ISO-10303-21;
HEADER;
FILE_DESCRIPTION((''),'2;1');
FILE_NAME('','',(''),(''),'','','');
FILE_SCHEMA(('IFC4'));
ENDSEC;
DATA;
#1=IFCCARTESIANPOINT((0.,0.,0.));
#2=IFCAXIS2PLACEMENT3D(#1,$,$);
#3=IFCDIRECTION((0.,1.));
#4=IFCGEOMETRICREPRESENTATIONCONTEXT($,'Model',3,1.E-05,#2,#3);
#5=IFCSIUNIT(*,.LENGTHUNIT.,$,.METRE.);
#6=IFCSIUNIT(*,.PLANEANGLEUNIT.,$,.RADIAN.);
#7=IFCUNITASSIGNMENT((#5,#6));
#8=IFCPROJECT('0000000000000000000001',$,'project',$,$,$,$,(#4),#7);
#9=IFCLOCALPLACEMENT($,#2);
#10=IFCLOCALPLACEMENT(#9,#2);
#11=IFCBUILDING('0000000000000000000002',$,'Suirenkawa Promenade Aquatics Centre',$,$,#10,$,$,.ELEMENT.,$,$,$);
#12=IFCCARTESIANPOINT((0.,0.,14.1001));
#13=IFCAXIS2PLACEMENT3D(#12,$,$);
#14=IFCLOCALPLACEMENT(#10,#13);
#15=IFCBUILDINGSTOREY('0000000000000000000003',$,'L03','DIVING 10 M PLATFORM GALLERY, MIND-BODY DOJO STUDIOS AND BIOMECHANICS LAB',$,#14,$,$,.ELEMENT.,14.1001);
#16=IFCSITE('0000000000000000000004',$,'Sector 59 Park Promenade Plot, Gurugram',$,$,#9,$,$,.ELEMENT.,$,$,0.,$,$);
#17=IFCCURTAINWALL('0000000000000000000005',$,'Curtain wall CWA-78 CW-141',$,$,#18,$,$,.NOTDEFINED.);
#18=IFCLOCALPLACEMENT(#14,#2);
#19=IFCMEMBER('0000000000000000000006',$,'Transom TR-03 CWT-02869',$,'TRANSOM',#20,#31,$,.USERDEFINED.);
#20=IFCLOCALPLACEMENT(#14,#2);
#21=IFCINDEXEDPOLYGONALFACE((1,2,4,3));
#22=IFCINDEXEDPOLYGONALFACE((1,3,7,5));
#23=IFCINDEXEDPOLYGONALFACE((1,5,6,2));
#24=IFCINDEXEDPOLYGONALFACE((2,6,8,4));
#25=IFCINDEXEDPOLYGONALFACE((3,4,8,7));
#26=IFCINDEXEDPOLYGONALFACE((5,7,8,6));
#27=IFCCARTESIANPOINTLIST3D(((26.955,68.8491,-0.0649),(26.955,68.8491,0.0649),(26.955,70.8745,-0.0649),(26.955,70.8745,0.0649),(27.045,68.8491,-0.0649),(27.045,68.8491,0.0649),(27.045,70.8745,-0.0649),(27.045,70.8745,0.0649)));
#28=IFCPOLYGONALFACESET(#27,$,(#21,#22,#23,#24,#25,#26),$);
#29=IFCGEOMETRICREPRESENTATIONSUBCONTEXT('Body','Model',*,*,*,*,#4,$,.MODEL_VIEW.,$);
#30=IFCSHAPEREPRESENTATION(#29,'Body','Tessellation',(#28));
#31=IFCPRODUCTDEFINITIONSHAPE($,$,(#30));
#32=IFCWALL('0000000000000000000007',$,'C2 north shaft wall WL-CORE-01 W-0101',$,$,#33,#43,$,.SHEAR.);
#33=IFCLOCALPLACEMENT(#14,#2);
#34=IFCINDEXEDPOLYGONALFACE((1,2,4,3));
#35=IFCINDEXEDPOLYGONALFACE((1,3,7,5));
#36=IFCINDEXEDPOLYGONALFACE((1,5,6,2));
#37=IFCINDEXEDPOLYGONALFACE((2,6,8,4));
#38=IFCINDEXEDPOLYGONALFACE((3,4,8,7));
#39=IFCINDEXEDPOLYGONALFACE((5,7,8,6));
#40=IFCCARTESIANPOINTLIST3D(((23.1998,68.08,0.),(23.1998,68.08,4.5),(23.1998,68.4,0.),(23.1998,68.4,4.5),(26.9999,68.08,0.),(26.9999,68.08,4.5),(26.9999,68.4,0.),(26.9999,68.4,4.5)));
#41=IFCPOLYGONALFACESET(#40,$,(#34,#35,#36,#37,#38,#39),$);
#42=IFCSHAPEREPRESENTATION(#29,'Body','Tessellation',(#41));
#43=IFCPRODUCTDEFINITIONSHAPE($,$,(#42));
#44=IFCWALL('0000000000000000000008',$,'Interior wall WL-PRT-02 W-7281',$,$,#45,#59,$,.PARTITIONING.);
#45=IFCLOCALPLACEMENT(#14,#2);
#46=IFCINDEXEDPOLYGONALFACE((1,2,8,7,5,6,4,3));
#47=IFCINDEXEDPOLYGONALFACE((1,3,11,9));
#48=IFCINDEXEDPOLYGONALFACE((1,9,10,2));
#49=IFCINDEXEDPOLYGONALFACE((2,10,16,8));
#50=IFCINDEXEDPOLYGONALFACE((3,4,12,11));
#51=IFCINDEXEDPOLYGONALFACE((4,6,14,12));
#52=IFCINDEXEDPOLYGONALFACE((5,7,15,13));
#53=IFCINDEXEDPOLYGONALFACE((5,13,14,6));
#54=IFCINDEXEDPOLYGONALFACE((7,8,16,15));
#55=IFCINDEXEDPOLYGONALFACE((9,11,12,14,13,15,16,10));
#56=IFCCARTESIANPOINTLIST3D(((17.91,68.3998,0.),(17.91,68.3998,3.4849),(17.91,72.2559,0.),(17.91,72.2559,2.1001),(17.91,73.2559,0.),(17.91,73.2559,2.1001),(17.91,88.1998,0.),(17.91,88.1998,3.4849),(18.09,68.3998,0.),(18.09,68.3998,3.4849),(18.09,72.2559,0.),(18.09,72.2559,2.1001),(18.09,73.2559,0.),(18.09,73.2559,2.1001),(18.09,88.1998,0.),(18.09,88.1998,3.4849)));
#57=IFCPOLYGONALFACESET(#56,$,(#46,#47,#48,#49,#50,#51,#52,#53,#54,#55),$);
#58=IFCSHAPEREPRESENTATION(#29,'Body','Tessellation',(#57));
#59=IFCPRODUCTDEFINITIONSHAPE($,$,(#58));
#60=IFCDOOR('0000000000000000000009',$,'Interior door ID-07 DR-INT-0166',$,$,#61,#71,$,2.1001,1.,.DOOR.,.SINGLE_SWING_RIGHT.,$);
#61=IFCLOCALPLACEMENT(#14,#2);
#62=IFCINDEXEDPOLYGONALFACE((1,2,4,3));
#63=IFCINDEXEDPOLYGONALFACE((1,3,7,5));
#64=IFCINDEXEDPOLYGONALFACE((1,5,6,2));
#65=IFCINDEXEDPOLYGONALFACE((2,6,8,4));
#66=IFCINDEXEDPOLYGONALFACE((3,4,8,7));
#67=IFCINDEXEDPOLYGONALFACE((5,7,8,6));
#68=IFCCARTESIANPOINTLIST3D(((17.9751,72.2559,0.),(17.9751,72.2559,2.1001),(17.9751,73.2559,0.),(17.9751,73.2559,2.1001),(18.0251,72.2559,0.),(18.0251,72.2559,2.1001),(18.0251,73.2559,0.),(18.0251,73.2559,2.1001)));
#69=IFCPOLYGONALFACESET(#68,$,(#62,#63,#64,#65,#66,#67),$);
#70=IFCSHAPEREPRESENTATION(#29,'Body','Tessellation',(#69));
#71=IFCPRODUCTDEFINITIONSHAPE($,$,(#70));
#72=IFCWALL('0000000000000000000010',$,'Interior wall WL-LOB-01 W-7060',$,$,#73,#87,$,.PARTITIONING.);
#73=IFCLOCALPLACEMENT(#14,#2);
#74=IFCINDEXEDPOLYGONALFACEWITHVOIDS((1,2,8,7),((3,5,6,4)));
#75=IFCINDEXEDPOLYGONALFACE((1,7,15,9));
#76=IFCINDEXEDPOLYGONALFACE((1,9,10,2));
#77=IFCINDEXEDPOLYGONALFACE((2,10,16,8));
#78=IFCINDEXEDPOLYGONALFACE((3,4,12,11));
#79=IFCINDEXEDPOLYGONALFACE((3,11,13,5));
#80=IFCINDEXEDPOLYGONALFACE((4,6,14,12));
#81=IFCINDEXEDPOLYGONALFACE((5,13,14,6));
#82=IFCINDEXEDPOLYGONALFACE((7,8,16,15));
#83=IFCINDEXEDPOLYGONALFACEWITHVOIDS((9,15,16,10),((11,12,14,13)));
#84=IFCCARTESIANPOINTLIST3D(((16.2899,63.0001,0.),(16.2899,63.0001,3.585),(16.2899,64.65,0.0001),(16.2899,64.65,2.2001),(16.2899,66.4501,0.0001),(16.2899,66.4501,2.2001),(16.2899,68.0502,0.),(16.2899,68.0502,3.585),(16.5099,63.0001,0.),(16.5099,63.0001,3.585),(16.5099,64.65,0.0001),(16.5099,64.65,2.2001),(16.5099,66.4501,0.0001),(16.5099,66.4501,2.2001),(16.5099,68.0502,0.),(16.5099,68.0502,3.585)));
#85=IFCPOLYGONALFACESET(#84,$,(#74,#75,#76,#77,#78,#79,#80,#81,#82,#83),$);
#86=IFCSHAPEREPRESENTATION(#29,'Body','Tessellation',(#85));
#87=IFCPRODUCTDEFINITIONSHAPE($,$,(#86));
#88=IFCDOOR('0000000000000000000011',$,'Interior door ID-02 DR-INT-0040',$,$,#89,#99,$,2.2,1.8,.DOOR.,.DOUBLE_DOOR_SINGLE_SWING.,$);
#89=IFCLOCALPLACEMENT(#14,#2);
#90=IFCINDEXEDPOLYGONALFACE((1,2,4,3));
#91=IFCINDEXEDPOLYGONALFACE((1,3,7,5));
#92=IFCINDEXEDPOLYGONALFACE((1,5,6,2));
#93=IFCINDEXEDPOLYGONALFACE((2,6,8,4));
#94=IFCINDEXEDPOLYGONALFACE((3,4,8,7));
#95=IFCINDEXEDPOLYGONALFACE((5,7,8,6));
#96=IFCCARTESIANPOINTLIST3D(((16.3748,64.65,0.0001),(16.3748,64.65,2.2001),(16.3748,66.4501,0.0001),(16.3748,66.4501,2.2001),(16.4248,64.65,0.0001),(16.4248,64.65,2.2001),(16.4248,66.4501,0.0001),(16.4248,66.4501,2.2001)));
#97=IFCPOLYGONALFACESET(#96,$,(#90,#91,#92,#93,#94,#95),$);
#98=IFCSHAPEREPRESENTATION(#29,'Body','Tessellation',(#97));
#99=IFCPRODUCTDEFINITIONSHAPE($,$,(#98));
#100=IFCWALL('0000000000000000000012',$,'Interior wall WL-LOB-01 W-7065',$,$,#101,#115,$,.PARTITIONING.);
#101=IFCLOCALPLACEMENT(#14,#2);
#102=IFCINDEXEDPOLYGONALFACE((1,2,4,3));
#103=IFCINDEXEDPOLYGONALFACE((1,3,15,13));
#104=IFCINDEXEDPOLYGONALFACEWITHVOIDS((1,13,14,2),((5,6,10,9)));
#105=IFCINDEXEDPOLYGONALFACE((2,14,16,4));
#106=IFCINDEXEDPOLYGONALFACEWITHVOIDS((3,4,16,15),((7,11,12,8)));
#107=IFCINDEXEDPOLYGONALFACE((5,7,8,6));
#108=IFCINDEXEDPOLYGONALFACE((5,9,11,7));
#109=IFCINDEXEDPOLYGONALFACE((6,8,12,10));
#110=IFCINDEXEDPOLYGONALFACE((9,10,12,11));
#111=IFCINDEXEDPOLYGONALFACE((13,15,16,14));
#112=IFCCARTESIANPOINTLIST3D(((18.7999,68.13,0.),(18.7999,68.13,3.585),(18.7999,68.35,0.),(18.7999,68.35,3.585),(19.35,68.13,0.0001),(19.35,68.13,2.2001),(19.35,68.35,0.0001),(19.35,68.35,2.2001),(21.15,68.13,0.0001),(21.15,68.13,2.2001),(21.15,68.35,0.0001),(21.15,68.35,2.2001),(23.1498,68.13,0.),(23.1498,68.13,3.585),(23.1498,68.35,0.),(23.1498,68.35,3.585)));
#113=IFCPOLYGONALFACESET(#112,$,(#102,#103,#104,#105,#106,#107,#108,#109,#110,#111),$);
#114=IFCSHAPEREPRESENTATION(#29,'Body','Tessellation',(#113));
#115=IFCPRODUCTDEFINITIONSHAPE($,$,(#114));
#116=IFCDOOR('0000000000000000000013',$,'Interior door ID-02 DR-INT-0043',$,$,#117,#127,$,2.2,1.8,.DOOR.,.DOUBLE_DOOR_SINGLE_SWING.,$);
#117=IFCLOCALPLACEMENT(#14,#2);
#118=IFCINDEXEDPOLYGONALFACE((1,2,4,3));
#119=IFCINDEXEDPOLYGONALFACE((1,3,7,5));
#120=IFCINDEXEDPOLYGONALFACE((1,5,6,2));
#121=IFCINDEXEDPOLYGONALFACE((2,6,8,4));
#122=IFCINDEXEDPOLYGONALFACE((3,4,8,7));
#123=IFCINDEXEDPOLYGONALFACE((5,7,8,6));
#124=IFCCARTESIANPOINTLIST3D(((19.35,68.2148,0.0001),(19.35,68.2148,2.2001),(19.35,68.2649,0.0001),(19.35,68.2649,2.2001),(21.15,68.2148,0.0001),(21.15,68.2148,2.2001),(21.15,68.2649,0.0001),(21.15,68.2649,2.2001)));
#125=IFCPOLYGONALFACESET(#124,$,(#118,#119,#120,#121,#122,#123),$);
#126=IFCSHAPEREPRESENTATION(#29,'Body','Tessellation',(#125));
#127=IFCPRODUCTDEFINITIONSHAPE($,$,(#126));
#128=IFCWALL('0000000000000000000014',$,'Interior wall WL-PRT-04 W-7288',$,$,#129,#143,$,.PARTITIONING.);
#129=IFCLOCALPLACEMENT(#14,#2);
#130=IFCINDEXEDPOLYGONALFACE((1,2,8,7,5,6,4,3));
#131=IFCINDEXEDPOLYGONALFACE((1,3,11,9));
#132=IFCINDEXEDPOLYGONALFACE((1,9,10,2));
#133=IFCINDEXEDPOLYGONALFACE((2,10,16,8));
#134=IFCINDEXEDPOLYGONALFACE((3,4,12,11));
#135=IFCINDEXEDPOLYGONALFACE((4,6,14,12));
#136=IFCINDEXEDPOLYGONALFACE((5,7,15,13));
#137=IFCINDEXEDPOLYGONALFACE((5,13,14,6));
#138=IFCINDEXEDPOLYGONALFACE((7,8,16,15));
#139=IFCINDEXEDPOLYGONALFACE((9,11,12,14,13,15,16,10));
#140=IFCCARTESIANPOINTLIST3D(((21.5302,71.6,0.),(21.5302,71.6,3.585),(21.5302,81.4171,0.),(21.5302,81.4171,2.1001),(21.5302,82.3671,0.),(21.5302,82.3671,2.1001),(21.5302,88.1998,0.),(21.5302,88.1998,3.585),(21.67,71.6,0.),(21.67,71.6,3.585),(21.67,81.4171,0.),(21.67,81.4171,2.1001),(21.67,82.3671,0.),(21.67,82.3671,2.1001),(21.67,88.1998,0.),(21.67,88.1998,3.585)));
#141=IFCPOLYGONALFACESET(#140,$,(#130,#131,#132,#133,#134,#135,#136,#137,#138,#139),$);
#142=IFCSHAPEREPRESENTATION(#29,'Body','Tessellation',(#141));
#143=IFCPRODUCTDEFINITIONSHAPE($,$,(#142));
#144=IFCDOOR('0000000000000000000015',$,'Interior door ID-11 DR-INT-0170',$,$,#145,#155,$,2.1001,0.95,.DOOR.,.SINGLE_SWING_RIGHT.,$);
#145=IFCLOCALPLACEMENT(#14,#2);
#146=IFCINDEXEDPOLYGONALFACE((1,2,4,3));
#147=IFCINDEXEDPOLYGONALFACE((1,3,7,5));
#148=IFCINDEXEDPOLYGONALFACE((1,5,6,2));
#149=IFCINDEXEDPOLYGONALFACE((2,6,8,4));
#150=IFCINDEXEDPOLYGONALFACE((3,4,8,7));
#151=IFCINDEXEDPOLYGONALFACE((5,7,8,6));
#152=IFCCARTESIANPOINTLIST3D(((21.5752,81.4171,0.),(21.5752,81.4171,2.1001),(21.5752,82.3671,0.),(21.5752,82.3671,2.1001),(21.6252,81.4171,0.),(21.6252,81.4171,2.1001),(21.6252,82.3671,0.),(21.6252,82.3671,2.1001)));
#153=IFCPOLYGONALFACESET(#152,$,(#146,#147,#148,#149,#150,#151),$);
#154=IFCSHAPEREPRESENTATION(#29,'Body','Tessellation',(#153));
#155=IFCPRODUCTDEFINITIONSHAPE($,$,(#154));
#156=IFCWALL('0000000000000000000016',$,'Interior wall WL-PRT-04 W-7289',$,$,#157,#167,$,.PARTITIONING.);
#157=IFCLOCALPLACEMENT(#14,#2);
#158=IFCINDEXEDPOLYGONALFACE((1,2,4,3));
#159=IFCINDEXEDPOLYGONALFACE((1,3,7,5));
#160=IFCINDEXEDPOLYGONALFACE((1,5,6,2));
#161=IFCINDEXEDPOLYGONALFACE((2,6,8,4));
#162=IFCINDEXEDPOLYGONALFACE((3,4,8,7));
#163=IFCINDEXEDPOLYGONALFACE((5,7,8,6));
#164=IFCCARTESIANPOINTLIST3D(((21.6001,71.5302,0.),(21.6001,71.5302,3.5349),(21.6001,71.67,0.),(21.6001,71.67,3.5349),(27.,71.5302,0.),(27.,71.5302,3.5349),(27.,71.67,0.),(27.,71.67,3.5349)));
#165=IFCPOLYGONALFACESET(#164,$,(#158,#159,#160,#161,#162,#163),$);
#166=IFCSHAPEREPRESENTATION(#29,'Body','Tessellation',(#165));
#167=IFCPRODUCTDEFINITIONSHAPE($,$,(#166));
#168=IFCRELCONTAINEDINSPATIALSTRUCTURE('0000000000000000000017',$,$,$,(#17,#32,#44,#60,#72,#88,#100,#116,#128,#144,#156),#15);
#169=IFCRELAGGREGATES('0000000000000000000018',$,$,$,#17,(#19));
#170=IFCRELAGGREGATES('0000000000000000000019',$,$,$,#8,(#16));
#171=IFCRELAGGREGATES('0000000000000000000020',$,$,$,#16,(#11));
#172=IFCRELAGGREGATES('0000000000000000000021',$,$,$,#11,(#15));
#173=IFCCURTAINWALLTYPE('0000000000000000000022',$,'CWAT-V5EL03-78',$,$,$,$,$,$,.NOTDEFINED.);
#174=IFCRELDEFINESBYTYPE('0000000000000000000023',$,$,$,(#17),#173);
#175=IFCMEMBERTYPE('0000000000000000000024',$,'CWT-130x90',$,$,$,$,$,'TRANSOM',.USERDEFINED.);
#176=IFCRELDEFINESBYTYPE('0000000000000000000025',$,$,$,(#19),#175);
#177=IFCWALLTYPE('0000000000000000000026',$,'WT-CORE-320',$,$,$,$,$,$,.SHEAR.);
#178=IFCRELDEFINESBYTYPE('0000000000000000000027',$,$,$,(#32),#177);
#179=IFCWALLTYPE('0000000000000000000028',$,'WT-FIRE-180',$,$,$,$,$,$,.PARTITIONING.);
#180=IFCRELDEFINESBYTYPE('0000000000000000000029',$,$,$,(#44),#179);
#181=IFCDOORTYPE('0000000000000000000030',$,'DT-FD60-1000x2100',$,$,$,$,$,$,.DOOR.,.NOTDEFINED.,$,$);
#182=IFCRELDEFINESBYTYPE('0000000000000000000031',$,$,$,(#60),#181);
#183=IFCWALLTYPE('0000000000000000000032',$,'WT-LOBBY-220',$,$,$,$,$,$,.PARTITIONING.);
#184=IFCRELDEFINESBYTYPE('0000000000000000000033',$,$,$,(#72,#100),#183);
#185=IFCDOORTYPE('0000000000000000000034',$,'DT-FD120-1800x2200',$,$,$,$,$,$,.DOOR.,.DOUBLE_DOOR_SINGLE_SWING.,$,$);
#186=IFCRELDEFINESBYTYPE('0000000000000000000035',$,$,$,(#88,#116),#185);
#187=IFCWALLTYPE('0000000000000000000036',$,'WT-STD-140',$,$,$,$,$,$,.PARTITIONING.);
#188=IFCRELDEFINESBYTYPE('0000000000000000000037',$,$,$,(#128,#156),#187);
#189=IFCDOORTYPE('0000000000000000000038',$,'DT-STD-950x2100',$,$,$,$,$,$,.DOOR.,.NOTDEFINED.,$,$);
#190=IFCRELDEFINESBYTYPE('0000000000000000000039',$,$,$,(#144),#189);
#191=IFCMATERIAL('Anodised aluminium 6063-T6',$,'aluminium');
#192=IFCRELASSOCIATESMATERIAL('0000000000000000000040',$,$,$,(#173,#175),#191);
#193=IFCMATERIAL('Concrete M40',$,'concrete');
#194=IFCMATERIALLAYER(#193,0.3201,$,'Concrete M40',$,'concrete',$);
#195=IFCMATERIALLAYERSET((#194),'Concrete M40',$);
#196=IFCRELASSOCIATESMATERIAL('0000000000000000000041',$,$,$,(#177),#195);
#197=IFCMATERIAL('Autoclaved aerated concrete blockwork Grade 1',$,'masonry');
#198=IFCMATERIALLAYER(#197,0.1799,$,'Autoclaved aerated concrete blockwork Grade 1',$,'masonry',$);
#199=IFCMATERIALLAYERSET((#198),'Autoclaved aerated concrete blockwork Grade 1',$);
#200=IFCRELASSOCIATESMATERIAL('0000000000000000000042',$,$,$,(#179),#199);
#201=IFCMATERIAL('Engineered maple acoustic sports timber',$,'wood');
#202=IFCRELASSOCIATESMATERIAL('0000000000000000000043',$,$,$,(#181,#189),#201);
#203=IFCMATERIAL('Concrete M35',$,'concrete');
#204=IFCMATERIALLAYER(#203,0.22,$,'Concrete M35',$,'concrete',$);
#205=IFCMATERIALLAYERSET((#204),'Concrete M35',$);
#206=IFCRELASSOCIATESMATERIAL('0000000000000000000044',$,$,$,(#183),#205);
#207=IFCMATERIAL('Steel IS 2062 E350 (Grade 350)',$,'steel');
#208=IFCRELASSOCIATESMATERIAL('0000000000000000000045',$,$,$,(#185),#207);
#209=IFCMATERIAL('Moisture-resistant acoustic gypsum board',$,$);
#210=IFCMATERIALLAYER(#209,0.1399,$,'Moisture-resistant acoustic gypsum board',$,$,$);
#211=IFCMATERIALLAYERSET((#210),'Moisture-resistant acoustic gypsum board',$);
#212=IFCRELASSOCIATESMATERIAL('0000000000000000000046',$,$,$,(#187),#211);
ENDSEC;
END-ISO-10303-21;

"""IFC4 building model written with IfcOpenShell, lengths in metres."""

from ifc_helpers import new_model, si_unit, direction, frame, frame_2d, origin, origin_2d, place, context, subcontext, project, spatial, rectangle, extrude, material, layer, layer_set, material_profile, profile_set, type_object, element, fill, aggregate, save


model = new_model("IFC4")

# Units and contexts
model_context = context("Model", 3, precision=1e-05, world=origin(), true_north=direction((0.0, 1.0)))
body_context = subcontext(model_context, "Body", "Model", "MODEL_VIEW")
ifc_project = project(units=[si_unit("LENGTHUNIT", "METRE"), si_unit("PLANEANGLEUNIT", "RADIAN")], contexts=[model_context])

# Site, building, storey
site_placement = place(None, origin())
site = spatial("IfcSite", under=ifc_project, at=site_placement, Name="Sector 59 Park Promenade Plot, Gurugram", CompositionType="ELEMENT", RefElevation=0.0)
building_placement = place(site_placement, origin())
building = spatial("IfcBuilding", under=site, at=building_placement, Name="Suirenkawa Promenade Aquatics Centre", CompositionType="ELEMENT")
storey_placement = place(building_placement, frame((0.0, 0.0, 14.1001)))
storey = spatial("IfcBuildingStorey", under=building, at=storey_placement, Name="L03", Description="DIVING 10 M PLATFORM GALLERY, MIND-BODY DOJO STUDIOS AND BIOMECHANICS LAB", CompositionType="ELEMENT", Elevation=14.1001)

# Shared definitions
ifc_material_1 = material(Name="Concrete M40", Category="concrete")

# Shared definitions
ifc_material_2 = material(Name="Steel IS 2062 E350 (Grade 350)", Category="steel")
ifc_material_3 = material(Name="Concrete M35", Category="concrete")

# Curtain wall, member
ifc_material_4 = material(Name="Anodised aluminium 6063-T6", Category="aluminium")
curtain_wall_type = type_object("IfcCurtainWallType", Name="CWAT-V5EL03-78", PredefinedType="NOTDEFINED", material=ifc_material_4)
curtain_wall_placement = place(storey_placement, origin())
curtain_wall = element("IfcCurtainWall", 1, at=curtain_wall_placement, inside=storey, type_object=curtain_wall_type, Name="Curtain wall CWA-78 CW-141", PredefinedType="NOTDEFINED")
ifc_material_profile_1 = material_profile(ifc_material_4, rectangle(XDim=0.0901, YDim=0.1299, at=origin_2d()), Name="ALU TRAN 90x130", Category="aluminium")
ifc_profile_set_1 = profile_set([ifc_material_profile_1], Name="Anodised aluminium 6063-T6")
member_type_1 = type_object("IfcMemberType", Name="CWT-130x90", ElementType="TRANSOM", PredefinedType="USERDEFINED", material=ifc_profile_set_1)
member_1_placement = place(storey_placement, frame((27.0, 70.8745, 0.0), z_axis=(0.0, -1.0, 0.0), x_axis=(1.0, 0.0, 0.0)))
member_1 = element("IfcMember", 2, at=member_1_placement, type_object=member_type_1, Name="Transom TR-03 CWT-02869", ObjectType="TRANSOM", PredefinedType="USERDEFINED", context=body_context, shape_type="SweptSolid", body=[
    extrude(rectangle(XDim=0.0901, YDim=0.1299, at=origin_2d()), origin(), (0.0, 0.0, 1.0), 2.0254),
])
aggregate(curtain_wall, [member_1])

# Wall
ifc_layer_1 = layer(ifc_material_1, 0.3201, Name="Concrete M40", Category="concrete")
ifc_layer_set_1 = layer_set([ifc_layer_1], Name="Concrete M40")
wall_type_1 = type_object("IfcWallType", Name="WT-CORE-320", PredefinedType="SHEAR", material=ifc_layer_set_1)
wall_1_placement = place(storey_placement, frame((23.2, 68.24, 0.0), z_axis=(0.0, 0.0, 1.0), x_axis=(1.0, 0.0, 0.0)))
element("IfcWall", 3, at=wall_1_placement, inside=storey, type_object=wall_type_1, Name="C2 north shaft wall WL-CORE-01 W-0101", PredefinedType="SHEAR", context=body_context, shape_type="SweptSolid", body=[
    extrude(rectangle(XDim=3.8, YDim=0.3201, at=frame_2d((1.8999, 0.0))), origin(), (0.0, 0.0, 1.0), 4.5),
])

# Walls, openings, doors
ifc_material_5 = material(Name="Autoclaved aerated concrete blockwork Grade 1", Category="masonry")
ifc_layer_2 = layer(ifc_material_5, 0.1799, Name="Autoclaved aerated concrete blockwork Grade 1", Category="masonry")
ifc_layer_set_2 = layer_set([ifc_layer_2], Name="Autoclaved aerated concrete blockwork Grade 1")
wall_type_2 = type_object("IfcWallType", Name="WT-FIRE-180", PredefinedType="PARTITIONING", material=ifc_layer_set_2)
wall_2_placement = place(storey_placement, frame((18.0, 68.3999, 0.0), z_axis=(0.0, 0.0, 1.0), x_axis=(0.0, 1.0, 0.0)))
wall_2 = element("IfcWall", 4, at=wall_2_placement, inside=storey, type_object=wall_type_2, Name="Interior wall WL-PRT-02 W-7281", PredefinedType="PARTITIONING", context=body_context, shape_type="SweptSolid", body=[
    extrude(rectangle(XDim=19.8, YDim=0.1799, at=frame_2d((9.8999, 0.0))), origin(), (0.0, 0.0, 1.0), 3.4849),
])
opening_1_placement = place(wall_2_placement, frame((3.856, 0.0, 0.0)))
opening_1 = element("IfcOpeningElement", 5, at=opening_1_placement, cuts=wall_2, PredefinedType="OPENING", context=body_context, shape_type="SweptSolid", body=[
    extrude(rectangle(XDim=1.0, YDim=2.1001, at=frame_2d((0.5, 1.05))), frame((0.0, 0.0999, 0.0), z_axis=(0.0, -1.0, 0.0), x_axis=(1.0, 0.0, 0.0)), (0.0, 0.0, 1.0), 0.2),
])
ifc_material_6 = material(Name="Engineered maple acoustic sports timber", Category="wood")
door_type_1 = type_object("IfcDoorType", Name="DT-FD60-1000x2100", OperationType="NOTDEFINED", PredefinedType="DOOR", material=ifc_material_6)
door_1_placement = place(opening_1_placement, origin())
door_1 = element("IfcDoor", 6, at=door_1_placement, inside=storey, type_object=door_type_1, Name="Interior door ID-07 DR-INT-0166", OperationType="SINGLE_SWING_RIGHT", OverallHeight=2.1001, OverallWidth=1.0, PredefinedType="DOOR", context=body_context, shape_type="SweptSolid", body=[
    extrude(rectangle(XDim=1.0, YDim=2.1001, at=frame_2d((0.5, 1.05))), frame((0.0, 0.0249, 0.0), z_axis=(0.0, -1.0, 0.0), x_axis=(1.0, 0.0, 0.0)), (0.0, 0.0, 1.0), 0.05),
])
fill(opening_1, door_1)
ifc_layer_3 = layer(ifc_material_3, 0.22, Name="Concrete M35", Category="concrete")
ifc_layer_set_3 = layer_set([ifc_layer_3], Name="Concrete M35")
wall_type_3 = type_object("IfcWallType", Name="WT-LOBBY-220", PredefinedType="PARTITIONING", material=ifc_layer_set_3)
wall_3_placement = place(storey_placement, frame((16.3999, 68.05, 0.0), z_axis=(0.0, 0.0, 1.0), x_axis=(0.0, -1.0, 0.0)))
wall_3 = element("IfcWall", 7, at=wall_3_placement, inside=storey, type_object=wall_type_3, Name="Interior wall WL-LOB-01 W-7060", PredefinedType="PARTITIONING", context=body_context, shape_type="SweptSolid", body=[
    extrude(rectangle(XDim=5.05, YDim=0.22, at=frame_2d((2.5249, 0.0))), origin(), (0.0, 0.0, 1.0), 3.585),
])
opening_2_placement = place(wall_3_placement, frame((1.6001, 0.0, 0.0)))
opening_2 = element("IfcOpeningElement", 8, at=opening_2_placement, cuts=wall_3, PredefinedType="OPENING", context=body_context, shape_type="SweptSolid", body=[
    extrude(rectangle(XDim=1.8, YDim=2.2, at=frame_2d((0.8999, 1.1001))), frame((0.0, 0.1199, 0.0), z_axis=(0.0, -1.0, 0.0), x_axis=(1.0, 0.0, 0.0)), (0.0, 0.0, 1.0), 0.24),
])
door_type_2 = type_object("IfcDoorType", Name="DT-FD120-1800x2200", OperationType="DOUBLE_DOOR_SINGLE_SWING", PredefinedType="DOOR", material=ifc_material_2)
door_2_placement = place(opening_2_placement, origin())
door_2 = element("IfcDoor", 9, at=door_2_placement, inside=storey, type_object=door_type_2, Name="Interior door ID-02 DR-INT-0040", OperationType="DOUBLE_DOOR_SINGLE_SWING", OverallHeight=2.2, OverallWidth=1.8, PredefinedType="DOOR", context=body_context, shape_type="SweptSolid", body=[
    extrude(rectangle(XDim=1.8, YDim=2.2, at=frame_2d((0.8999, 1.1001))), frame((0.0, 0.0249, 0.0), z_axis=(0.0, -1.0, 0.0), x_axis=(1.0, 0.0, 0.0)), (0.0, 0.0, 1.0), 0.05),
])
fill(opening_2, door_2)
wall_4_placement = place(storey_placement, frame((18.8, 68.24, 0.0), z_axis=(0.0, 0.0, 1.0), x_axis=(1.0, 0.0, 0.0)))
wall_4 = element("IfcWall", 10, at=wall_4_placement, inside=storey, type_object=wall_type_3, Name="Interior wall WL-LOB-01 W-7065", PredefinedType="PARTITIONING", context=body_context, shape_type="SweptSolid", body=[
    extrude(rectangle(XDim=4.3499, YDim=0.22, at=frame_2d((2.1748, 0.0))), origin(), (0.0, 0.0, 1.0), 3.585),
])
opening_3_placement = place(wall_4_placement, frame((0.55, 0.0, 0.0)))
opening_3 = element("IfcOpeningElement", 11, at=opening_3_placement, cuts=wall_4, PredefinedType="OPENING", context=body_context, shape_type="SweptSolid", body=[
    extrude(rectangle(XDim=1.8, YDim=2.2, at=frame_2d((0.8999, 1.1001))), frame((0.0, 0.1199, 0.0), z_axis=(0.0, -1.0, 0.0), x_axis=(1.0, 0.0, 0.0)), (0.0, 0.0, 1.0), 0.24),
])
door_3_placement = place(opening_3_placement, origin())
door_3 = element("IfcDoor", 12, at=door_3_placement, inside=storey, type_object=door_type_2, Name="Interior door ID-02 DR-INT-0043", OperationType="DOUBLE_DOOR_SINGLE_SWING", OverallHeight=2.2, OverallWidth=1.8, PredefinedType="DOOR", context=body_context, shape_type="SweptSolid", body=[
    extrude(rectangle(XDim=1.8, YDim=2.2, at=frame_2d((0.8999, 1.1001))), frame((0.0, 0.0249, 0.0), z_axis=(0.0, -1.0, 0.0), x_axis=(1.0, 0.0, 0.0)), (0.0, 0.0, 1.0), 0.05),
])
fill(opening_3, door_3)
ifc_material_7 = material(Name="Moisture-resistant acoustic gypsum board")
ifc_layer_4 = layer(ifc_material_7, 0.1399, Name="Moisture-resistant acoustic gypsum board")
ifc_layer_set_4 = layer_set([ifc_layer_4], Name="Moisture-resistant acoustic gypsum board")
wall_type_4 = type_object("IfcWallType", Name="WT-STD-140", PredefinedType="PARTITIONING", material=ifc_layer_set_4)
wall_5_placement = place(storey_placement, frame((21.6001, 71.6001, 0.0), z_axis=(0.0, 0.0, 1.0), x_axis=(0.0, 1.0, 0.0)))
wall_5 = element("IfcWall", 13, at=wall_5_placement, inside=storey, type_object=wall_type_4, Name="Interior wall WL-PRT-04 W-7288", PredefinedType="PARTITIONING", context=body_context, shape_type="SweptSolid", body=[
    extrude(rectangle(XDim=16.5999, YDim=0.1399, at=frame_2d((8.2998, 0.0))), origin(), (0.0, 0.0, 1.0), 3.585),
])
opening_4_placement = place(wall_5_placement, frame((9.8169, 0.0, 0.0)))
opening_4 = element("IfcOpeningElement", 14, at=opening_4_placement, cuts=wall_5, PredefinedType="OPENING", context=body_context, shape_type="SweptSolid", body=[
    extrude(rectangle(XDim=0.95, YDim=2.1001, at=frame_2d((0.4751, 1.05))), frame((0.0, 0.0798, 0.0), z_axis=(0.0, -1.0, 0.0), x_axis=(1.0, 0.0, 0.0)), (0.0, 0.0, 1.0), 0.1599),
])
door_type_3 = type_object("IfcDoorType", Name="DT-STD-950x2100", OperationType="NOTDEFINED", PredefinedType="DOOR", material=ifc_material_6)
door_4_placement = place(opening_4_placement, origin())
door_4 = element("IfcDoor", 15, at=door_4_placement, inside=storey, type_object=door_type_3, Name="Interior door ID-11 DR-INT-0170", OperationType="SINGLE_SWING_RIGHT", OverallHeight=2.1001, OverallWidth=0.95, PredefinedType="DOOR", context=body_context, shape_type="SweptSolid", body=[
    extrude(rectangle(XDim=0.95, YDim=2.1001, at=frame_2d((0.4751, 1.05))), frame((0.0, 0.0249, 0.0), z_axis=(0.0, -1.0, 0.0), x_axis=(1.0, 0.0, 0.0)), (0.0, 0.0, 1.0), 0.05),
])
fill(opening_4, door_4)

# Wall
wall_6_placement = place(storey_placement, frame((21.6001, 71.6001, 0.0), z_axis=(0.0, 0.0, 1.0), x_axis=(1.0, 0.0, 0.0)))
element("IfcWall", 16, at=wall_6_placement, inside=storey, type_object=wall_type_4, Name="Interior wall WL-PRT-04 W-7289", PredefinedType="PARTITIONING", context=body_context, shape_type="SweptSolid", body=[
    extrude(rectangle(XDim=5.3999, YDim=0.1399, at=frame_2d((2.7, 0.0))), origin(), (0.0, 0.0, 1.0), 3.5349),
])

save(model, "model.ifc")
